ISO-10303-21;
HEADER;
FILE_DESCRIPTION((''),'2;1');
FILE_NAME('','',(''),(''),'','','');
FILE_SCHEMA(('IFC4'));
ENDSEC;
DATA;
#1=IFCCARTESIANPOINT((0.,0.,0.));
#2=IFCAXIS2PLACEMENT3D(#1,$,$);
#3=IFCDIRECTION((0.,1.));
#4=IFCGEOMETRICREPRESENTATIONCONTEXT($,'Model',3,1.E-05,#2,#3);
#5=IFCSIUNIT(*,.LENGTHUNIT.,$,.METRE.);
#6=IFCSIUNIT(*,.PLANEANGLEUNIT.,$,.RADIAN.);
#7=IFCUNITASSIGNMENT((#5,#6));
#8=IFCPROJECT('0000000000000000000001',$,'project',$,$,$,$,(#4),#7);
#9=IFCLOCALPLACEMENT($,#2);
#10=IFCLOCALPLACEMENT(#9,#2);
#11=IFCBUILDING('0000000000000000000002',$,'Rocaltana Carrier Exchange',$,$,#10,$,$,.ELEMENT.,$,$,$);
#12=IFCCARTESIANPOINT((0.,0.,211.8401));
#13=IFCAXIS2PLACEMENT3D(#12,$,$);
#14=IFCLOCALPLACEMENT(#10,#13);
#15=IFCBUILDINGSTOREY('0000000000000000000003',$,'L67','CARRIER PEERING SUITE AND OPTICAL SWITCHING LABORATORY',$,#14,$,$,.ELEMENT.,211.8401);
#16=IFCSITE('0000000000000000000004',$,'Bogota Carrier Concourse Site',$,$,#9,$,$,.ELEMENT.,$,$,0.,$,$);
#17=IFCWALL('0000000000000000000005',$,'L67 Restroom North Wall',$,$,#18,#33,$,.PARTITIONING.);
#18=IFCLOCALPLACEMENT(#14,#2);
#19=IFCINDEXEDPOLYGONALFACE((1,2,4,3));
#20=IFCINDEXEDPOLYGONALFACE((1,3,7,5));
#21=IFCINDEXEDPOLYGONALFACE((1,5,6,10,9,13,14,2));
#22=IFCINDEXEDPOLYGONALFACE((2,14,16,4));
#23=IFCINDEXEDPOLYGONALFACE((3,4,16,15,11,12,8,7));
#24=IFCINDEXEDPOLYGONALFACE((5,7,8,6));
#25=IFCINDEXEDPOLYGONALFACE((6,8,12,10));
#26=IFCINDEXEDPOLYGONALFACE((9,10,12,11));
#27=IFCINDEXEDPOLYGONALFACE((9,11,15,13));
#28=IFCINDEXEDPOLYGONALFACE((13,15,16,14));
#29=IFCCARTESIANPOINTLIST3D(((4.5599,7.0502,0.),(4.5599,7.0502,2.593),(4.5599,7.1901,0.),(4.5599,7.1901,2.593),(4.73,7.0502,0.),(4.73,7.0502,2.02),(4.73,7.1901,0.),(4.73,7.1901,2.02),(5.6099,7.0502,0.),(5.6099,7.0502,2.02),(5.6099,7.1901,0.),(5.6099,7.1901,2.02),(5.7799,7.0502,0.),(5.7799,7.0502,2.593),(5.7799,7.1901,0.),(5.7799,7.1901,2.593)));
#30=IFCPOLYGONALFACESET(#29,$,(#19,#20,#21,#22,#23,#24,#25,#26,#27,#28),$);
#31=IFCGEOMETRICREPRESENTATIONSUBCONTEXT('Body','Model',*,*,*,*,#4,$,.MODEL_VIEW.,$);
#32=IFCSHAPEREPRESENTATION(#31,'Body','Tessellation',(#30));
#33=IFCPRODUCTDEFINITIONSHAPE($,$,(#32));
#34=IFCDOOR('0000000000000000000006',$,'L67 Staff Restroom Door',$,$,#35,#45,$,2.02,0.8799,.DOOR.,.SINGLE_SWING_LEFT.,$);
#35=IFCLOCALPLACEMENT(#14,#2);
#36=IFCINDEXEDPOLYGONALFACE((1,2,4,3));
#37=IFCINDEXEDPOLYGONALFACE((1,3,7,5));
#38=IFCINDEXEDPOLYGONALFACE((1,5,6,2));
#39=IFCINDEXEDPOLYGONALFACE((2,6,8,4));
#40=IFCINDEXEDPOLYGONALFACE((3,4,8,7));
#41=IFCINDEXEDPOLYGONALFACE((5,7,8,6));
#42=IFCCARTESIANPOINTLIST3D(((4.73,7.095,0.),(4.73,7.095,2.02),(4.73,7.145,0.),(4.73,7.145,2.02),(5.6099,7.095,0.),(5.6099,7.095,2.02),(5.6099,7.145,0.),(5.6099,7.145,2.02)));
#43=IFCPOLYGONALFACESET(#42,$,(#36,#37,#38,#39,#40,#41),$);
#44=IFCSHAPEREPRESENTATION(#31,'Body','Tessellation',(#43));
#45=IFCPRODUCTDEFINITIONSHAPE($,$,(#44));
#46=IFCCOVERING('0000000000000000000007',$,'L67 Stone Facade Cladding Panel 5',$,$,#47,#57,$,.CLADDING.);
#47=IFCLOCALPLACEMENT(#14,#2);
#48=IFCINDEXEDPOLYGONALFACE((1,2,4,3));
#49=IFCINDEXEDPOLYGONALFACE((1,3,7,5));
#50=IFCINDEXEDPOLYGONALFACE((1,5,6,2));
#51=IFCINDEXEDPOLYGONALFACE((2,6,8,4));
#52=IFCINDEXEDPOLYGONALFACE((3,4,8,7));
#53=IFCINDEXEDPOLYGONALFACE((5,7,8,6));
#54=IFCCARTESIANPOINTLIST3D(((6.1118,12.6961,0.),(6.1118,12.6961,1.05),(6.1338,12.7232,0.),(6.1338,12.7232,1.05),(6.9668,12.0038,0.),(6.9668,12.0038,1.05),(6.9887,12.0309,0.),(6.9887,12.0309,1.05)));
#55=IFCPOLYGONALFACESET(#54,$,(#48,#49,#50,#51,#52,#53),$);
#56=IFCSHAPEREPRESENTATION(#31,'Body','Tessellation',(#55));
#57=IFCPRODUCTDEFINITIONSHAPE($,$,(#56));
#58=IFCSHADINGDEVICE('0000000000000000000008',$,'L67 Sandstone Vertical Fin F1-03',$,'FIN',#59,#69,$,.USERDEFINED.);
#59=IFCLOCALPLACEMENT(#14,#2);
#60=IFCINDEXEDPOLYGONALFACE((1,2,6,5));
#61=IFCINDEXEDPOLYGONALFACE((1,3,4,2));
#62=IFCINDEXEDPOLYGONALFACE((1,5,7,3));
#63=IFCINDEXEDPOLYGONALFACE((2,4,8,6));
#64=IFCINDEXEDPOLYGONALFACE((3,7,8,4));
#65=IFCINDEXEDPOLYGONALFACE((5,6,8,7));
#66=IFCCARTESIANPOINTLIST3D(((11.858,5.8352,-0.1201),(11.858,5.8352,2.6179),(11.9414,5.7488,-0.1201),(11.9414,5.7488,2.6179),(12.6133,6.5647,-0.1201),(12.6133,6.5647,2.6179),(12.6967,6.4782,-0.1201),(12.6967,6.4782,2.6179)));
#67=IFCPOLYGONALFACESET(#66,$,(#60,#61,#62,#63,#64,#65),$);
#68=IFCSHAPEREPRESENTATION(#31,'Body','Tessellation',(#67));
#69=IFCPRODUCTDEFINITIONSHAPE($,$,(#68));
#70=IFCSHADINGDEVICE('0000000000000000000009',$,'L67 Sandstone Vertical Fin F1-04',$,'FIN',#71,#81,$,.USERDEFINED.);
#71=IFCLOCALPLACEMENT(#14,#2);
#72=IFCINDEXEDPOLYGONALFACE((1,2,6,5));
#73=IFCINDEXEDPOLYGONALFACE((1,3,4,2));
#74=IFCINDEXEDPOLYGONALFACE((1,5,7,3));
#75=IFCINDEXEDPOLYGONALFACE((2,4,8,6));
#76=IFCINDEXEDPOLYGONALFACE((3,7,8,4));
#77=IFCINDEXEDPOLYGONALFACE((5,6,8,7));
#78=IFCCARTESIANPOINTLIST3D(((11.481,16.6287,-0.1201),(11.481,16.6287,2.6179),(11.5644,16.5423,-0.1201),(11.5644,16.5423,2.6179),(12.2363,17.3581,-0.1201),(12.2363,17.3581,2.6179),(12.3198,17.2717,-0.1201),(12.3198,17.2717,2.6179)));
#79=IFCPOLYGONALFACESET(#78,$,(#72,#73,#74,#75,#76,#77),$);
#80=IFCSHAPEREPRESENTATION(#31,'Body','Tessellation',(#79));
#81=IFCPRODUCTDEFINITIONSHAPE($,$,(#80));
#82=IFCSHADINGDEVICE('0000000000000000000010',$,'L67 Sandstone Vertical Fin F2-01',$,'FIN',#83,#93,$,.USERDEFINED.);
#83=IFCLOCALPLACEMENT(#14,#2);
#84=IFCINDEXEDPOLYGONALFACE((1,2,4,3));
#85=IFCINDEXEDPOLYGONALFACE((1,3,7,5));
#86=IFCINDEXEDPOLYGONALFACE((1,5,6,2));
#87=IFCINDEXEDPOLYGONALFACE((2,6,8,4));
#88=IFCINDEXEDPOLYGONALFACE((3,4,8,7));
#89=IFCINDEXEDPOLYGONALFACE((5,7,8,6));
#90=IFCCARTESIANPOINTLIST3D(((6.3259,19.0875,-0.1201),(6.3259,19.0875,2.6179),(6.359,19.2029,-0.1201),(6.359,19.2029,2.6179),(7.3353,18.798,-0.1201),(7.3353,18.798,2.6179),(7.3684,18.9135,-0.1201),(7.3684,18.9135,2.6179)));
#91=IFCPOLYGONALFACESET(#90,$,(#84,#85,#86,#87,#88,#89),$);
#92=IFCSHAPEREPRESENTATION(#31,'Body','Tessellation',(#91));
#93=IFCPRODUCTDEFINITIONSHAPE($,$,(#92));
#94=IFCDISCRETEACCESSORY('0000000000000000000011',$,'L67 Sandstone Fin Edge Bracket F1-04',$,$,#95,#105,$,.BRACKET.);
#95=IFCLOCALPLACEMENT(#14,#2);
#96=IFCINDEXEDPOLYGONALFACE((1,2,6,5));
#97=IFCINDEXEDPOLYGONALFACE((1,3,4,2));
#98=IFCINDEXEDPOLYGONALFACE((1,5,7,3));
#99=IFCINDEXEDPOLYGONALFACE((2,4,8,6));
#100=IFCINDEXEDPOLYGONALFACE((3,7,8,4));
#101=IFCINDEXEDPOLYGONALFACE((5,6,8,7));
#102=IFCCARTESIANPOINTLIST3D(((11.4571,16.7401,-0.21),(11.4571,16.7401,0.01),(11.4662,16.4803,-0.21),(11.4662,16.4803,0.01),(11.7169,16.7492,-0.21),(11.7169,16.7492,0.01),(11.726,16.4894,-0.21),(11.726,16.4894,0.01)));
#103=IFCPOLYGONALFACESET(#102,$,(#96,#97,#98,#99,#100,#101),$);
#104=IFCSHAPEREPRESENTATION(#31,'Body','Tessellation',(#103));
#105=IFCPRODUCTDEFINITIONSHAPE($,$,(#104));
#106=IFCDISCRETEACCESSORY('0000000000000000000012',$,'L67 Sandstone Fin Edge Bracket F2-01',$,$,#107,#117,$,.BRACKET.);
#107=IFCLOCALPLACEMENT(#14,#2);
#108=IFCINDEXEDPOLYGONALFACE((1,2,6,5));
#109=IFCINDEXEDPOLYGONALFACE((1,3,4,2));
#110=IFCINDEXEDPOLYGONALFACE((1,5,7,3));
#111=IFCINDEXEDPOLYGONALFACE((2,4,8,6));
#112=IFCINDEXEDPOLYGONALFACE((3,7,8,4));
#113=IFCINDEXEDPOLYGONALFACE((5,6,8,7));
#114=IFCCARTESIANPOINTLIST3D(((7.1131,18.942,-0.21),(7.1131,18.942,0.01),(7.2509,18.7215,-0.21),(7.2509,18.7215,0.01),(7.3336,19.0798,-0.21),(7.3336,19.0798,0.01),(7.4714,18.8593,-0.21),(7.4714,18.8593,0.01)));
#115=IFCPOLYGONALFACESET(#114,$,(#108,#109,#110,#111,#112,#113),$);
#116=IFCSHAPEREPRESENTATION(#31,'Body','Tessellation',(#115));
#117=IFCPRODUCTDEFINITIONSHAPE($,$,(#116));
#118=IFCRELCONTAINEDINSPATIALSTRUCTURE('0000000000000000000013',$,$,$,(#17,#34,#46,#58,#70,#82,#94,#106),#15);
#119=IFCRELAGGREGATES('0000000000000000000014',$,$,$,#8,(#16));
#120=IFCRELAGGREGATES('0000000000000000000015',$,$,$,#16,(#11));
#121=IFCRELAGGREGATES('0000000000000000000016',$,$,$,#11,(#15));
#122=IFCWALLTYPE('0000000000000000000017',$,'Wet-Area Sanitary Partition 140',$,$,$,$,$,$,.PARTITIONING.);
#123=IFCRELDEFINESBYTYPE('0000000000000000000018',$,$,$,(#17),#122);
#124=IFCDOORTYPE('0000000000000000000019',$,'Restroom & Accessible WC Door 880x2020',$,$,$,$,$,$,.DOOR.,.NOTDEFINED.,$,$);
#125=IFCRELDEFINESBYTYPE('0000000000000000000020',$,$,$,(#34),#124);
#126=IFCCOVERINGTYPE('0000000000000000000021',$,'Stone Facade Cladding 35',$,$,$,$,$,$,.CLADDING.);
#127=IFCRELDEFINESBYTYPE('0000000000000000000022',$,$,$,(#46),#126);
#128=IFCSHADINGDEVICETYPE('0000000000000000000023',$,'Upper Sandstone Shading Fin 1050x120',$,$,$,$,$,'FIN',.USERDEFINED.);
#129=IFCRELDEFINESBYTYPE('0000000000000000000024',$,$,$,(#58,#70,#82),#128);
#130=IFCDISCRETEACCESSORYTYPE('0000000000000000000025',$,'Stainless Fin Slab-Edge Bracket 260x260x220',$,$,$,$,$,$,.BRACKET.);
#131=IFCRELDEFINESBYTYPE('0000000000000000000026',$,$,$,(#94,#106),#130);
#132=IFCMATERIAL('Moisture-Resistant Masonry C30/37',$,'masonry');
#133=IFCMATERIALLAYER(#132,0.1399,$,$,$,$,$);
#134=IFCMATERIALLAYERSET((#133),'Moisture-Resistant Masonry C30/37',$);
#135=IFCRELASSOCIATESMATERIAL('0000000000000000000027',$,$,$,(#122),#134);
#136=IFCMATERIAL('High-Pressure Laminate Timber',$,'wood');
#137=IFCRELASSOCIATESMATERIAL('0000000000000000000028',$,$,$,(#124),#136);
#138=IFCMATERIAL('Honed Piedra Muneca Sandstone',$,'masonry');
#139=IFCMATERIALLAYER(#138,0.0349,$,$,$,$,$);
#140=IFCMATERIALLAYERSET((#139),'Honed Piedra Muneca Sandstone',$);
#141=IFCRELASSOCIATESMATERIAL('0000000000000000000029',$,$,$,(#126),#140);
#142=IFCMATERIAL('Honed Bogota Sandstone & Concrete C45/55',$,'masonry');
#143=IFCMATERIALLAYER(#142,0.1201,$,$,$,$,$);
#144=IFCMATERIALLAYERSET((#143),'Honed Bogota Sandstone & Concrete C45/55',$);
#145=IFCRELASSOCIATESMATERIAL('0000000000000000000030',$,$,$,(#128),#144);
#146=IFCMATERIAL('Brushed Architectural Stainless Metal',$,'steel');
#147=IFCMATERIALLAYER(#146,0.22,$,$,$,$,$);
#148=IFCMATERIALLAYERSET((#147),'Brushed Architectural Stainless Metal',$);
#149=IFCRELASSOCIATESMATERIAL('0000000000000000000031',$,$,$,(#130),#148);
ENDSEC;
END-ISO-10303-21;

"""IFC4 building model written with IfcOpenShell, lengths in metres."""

from ifc_helpers import new_model, si_unit, direction, frame, frame_2d, origin, origin_2d, place, context, subcontext, project, spatial, rectangle, extrude, material, layer, layer_set, type_object, element, fill, save


model = new_model("IFC4")

# Units and contexts
model_context = context("Model", 3, precision=1e-05, world=origin(), true_north=direction((0.0, 1.0)))
body_context = subcontext(model_context, "Body", "Model", "MODEL_VIEW")
ifc_project = project(units=[si_unit("LENGTHUNIT", "METRE"), si_unit("PLANEANGLEUNIT", "RADIAN")], contexts=[model_context])

# Site, building, storey
site_placement = place(None, origin())
site = spatial("IfcSite", under=ifc_project, at=site_placement, Name="Bogota Carrier Concourse Site", CompositionType="ELEMENT", RefElevation=0.0)
building_placement = place(site_placement, origin())
building = spatial("IfcBuilding", under=site, at=building_placement, Name="Rocaltana Carrier Exchange", CompositionType="ELEMENT")
storey_placement = place(building_placement, frame((0.0, 0.0, 211.8401)))
storey = spatial("IfcBuildingStorey", under=building, at=storey_placement, Name="L67", Description="CARRIER PEERING SUITE AND OPTICAL SWITCHING LABORATORY", CompositionType="ELEMENT", Elevation=211.8401)

# Wall, opening, door
ifc_material_1 = material(Name="Moisture-Resistant Masonry C30/37", Category="masonry")
ifc_layer_1 = layer(ifc_material_1, 0.1399)
ifc_layer_set_1 = layer_set([ifc_layer_1], Name="Moisture-Resistant Masonry C30/37")
wall_type_1 = type_object("IfcWallType", Name="Wet-Area Sanitary Partition 140", PredefinedType="PARTITIONING", material=ifc_layer_set_1)
wall_1_placement = place(storey_placement, frame((4.5601, 7.1201, 0.0), z_axis=(0.0, 0.0, 1.0), x_axis=(1.0, 0.0, 0.0)))
wall_1 = element("IfcWall", 1, at=wall_1_placement, inside=storey, type_object=wall_type_1, Name="L67 Restroom North Wall", PredefinedType="PARTITIONING", context=body_context, shape_type="SweptSolid", body=[
    extrude(rectangle(XDim=1.22, YDim=0.1399, at=frame_2d((0.6099, 0.0))), origin(), (0.0, 0.0, 1.0), 2.593),
])
opening_1_placement = place(wall_1_placement, frame((0.1699, 0.0, 0.0)))
opening_1 = element("IfcOpeningElement", 2, at=opening_1_placement, cuts=wall_1, PredefinedType="OPENING", context=body_context, shape_type="SweptSolid", body=[
    extrude(rectangle(XDim=0.8799, YDim=2.02, at=frame_2d((0.4399, 1.01))), frame((0.0, 0.0798, 0.0), z_axis=(0.0, -1.0, 0.0), x_axis=(1.0, 0.0, 0.0)), (0.0, 0.0, 1.0), 0.1599),
])
ifc_material_2 = material(Name="High-Pressure Laminate Timber", Category="wood")
door_type_1 = type_object("IfcDoorType", Name="Restroom & Accessible WC Door 880x2020", OperationType="NOTDEFINED", PredefinedType="DOOR", material=ifc_material_2)
door_1_placement = place(opening_1_placement, origin())
door_1 = element("IfcDoor", 3, at=door_1_placement, inside=storey, type_object=door_type_1, Name="L67 Staff Restroom Door", OperationType="SINGLE_SWING_LEFT", OverallHeight=2.02, OverallWidth=0.8799, PredefinedType="DOOR", context=body_context, shape_type="SweptSolid", body=[
    extrude(rectangle(XDim=0.8799, YDim=2.02, at=frame_2d((0.4399, 1.01))), frame((0.0, 0.0249, 0.0), z_axis=(0.0, -1.0, 0.0), x_axis=(1.0, 0.0, 0.0)), (0.0, 0.0, 1.0), 0.05),
])
fill(opening_1, door_1)

# Covering
ifc_material_3 = material(Name="Honed Piedra Muneca Sandstone", Category="masonry")
ifc_layer_2 = layer(ifc_material_3, 0.0349)
ifc_layer_set_2 = layer_set([ifc_layer_2], Name="Honed Piedra Muneca Sandstone")
covering_type = type_object("IfcCoveringType", Name="Stone Facade Cladding 35", PredefinedType="CLADDING", material=ifc_layer_set_2)
covering_placement = place(storey_placement, frame((6.5503, 12.3635, 0.0), z_axis=(0.0, 0.0, 1.0), x_axis=(-0.777146, 0.62932, 0.0)))
element("IfcCovering", 4, at=covering_placement, inside=storey, type_object=covering_type, Name="L67 Stone Facade Cladding Panel 5", PredefinedType="CLADDING", context=body_context, shape_type="SweptSolid", body=[
    extrude(rectangle(XDim=1.1001, YDim=0.0349, at=origin_2d()), origin(), (0.0, 0.0, 1.0), 1.05),
])

# Shading devices
ifc_material_4 = material(Name="Honed Bogota Sandstone & Concrete C45/55", Category="masonry")
ifc_layer_3 = layer(ifc_material_4, 0.1201)
ifc_layer_set_3 = layer_set([ifc_layer_3], Name="Honed Bogota Sandstone & Concrete C45/55")
shading_device_type = type_object("IfcShadingDeviceType", Name="Upper Sandstone Shading Fin 1050x120", ElementType="FIN", PredefinedType="USERDEFINED", material=ifc_layer_set_3)
for number, where, z_axis, x_axis, name in (
    (5, (12.2773, 6.1567, -0.1201), (0.0, 0.0, 1.0), (0.71934, 0.694658, 0.0), "L67 Sandstone Vertical Fin F1-03"),
    (6, (11.9004, 16.9502, -0.1201), (0.0, 0.0, 1.0), (0.71934, 0.694658, 0.0), "L67 Sandstone Vertical Fin F1-04"),
    (7, (6.8472, 19.0005, -0.1201), (0.0, 0.0, 1.0), (-0.961262, 0.275637, 0.0), "L67 Sandstone Vertical Fin F2-01"),
):
    element("IfcShadingDevice", number, at=place(storey_placement, frame(where, z_axis=z_axis, x_axis=x_axis)), inside=storey, type_object=shading_device_type, Name=name, ObjectType="FIN", PredefinedType="USERDEFINED", context=body_context, shape_type="SweptSolid", body=[
        extrude(rectangle(XDim=1.05, YDim=0.1201, at=origin_2d()), origin(), (0.0, 0.0, 1.0), 2.738),
    ])

# Discrete accessories
ifc_material_5 = material(Name="Brushed Architectural Stainless Metal", Category="steel")
ifc_layer_4 = layer(ifc_material_5, 0.22)
ifc_layer_set_4 = layer_set([ifc_layer_4], Name="Brushed Architectural Stainless Metal")
discrete_accessory_type = type_object("IfcDiscreteAccessoryType", Name="Stainless Fin Slab-Edge Bracket 260x260x220", PredefinedType="BRACKET", material=ifc_layer_set_4)
for number, where, z_axis, x_axis, name in (
    (8, (11.5916, 16.6147, -0.21), (0.0, 0.0, 1.0), (-0.034899, 0.999391, 0.0), "L67 Sandstone Fin Edge Bracket F1-04"),
    (9, (7.2922, 18.9006, -0.21), (0.0, 0.0, 1.0), (-0.848048, -0.529919, 0.0), "L67 Sandstone Fin Edge Bracket F2-01"),
):
    element("IfcDiscreteAccessory", number, at=place(storey_placement, frame(where, z_axis=z_axis, x_axis=x_axis)), inside=storey, type_object=discrete_accessory_type, Name=name, PredefinedType="BRACKET", context=body_context, shape_type="SweptSolid", body=[
        extrude(rectangle(XDim=0.26, YDim=0.26, at=origin_2d()), origin(), (0.0, 0.0, 1.0), 0.22),
    ])

save(model, "model.ifc")
